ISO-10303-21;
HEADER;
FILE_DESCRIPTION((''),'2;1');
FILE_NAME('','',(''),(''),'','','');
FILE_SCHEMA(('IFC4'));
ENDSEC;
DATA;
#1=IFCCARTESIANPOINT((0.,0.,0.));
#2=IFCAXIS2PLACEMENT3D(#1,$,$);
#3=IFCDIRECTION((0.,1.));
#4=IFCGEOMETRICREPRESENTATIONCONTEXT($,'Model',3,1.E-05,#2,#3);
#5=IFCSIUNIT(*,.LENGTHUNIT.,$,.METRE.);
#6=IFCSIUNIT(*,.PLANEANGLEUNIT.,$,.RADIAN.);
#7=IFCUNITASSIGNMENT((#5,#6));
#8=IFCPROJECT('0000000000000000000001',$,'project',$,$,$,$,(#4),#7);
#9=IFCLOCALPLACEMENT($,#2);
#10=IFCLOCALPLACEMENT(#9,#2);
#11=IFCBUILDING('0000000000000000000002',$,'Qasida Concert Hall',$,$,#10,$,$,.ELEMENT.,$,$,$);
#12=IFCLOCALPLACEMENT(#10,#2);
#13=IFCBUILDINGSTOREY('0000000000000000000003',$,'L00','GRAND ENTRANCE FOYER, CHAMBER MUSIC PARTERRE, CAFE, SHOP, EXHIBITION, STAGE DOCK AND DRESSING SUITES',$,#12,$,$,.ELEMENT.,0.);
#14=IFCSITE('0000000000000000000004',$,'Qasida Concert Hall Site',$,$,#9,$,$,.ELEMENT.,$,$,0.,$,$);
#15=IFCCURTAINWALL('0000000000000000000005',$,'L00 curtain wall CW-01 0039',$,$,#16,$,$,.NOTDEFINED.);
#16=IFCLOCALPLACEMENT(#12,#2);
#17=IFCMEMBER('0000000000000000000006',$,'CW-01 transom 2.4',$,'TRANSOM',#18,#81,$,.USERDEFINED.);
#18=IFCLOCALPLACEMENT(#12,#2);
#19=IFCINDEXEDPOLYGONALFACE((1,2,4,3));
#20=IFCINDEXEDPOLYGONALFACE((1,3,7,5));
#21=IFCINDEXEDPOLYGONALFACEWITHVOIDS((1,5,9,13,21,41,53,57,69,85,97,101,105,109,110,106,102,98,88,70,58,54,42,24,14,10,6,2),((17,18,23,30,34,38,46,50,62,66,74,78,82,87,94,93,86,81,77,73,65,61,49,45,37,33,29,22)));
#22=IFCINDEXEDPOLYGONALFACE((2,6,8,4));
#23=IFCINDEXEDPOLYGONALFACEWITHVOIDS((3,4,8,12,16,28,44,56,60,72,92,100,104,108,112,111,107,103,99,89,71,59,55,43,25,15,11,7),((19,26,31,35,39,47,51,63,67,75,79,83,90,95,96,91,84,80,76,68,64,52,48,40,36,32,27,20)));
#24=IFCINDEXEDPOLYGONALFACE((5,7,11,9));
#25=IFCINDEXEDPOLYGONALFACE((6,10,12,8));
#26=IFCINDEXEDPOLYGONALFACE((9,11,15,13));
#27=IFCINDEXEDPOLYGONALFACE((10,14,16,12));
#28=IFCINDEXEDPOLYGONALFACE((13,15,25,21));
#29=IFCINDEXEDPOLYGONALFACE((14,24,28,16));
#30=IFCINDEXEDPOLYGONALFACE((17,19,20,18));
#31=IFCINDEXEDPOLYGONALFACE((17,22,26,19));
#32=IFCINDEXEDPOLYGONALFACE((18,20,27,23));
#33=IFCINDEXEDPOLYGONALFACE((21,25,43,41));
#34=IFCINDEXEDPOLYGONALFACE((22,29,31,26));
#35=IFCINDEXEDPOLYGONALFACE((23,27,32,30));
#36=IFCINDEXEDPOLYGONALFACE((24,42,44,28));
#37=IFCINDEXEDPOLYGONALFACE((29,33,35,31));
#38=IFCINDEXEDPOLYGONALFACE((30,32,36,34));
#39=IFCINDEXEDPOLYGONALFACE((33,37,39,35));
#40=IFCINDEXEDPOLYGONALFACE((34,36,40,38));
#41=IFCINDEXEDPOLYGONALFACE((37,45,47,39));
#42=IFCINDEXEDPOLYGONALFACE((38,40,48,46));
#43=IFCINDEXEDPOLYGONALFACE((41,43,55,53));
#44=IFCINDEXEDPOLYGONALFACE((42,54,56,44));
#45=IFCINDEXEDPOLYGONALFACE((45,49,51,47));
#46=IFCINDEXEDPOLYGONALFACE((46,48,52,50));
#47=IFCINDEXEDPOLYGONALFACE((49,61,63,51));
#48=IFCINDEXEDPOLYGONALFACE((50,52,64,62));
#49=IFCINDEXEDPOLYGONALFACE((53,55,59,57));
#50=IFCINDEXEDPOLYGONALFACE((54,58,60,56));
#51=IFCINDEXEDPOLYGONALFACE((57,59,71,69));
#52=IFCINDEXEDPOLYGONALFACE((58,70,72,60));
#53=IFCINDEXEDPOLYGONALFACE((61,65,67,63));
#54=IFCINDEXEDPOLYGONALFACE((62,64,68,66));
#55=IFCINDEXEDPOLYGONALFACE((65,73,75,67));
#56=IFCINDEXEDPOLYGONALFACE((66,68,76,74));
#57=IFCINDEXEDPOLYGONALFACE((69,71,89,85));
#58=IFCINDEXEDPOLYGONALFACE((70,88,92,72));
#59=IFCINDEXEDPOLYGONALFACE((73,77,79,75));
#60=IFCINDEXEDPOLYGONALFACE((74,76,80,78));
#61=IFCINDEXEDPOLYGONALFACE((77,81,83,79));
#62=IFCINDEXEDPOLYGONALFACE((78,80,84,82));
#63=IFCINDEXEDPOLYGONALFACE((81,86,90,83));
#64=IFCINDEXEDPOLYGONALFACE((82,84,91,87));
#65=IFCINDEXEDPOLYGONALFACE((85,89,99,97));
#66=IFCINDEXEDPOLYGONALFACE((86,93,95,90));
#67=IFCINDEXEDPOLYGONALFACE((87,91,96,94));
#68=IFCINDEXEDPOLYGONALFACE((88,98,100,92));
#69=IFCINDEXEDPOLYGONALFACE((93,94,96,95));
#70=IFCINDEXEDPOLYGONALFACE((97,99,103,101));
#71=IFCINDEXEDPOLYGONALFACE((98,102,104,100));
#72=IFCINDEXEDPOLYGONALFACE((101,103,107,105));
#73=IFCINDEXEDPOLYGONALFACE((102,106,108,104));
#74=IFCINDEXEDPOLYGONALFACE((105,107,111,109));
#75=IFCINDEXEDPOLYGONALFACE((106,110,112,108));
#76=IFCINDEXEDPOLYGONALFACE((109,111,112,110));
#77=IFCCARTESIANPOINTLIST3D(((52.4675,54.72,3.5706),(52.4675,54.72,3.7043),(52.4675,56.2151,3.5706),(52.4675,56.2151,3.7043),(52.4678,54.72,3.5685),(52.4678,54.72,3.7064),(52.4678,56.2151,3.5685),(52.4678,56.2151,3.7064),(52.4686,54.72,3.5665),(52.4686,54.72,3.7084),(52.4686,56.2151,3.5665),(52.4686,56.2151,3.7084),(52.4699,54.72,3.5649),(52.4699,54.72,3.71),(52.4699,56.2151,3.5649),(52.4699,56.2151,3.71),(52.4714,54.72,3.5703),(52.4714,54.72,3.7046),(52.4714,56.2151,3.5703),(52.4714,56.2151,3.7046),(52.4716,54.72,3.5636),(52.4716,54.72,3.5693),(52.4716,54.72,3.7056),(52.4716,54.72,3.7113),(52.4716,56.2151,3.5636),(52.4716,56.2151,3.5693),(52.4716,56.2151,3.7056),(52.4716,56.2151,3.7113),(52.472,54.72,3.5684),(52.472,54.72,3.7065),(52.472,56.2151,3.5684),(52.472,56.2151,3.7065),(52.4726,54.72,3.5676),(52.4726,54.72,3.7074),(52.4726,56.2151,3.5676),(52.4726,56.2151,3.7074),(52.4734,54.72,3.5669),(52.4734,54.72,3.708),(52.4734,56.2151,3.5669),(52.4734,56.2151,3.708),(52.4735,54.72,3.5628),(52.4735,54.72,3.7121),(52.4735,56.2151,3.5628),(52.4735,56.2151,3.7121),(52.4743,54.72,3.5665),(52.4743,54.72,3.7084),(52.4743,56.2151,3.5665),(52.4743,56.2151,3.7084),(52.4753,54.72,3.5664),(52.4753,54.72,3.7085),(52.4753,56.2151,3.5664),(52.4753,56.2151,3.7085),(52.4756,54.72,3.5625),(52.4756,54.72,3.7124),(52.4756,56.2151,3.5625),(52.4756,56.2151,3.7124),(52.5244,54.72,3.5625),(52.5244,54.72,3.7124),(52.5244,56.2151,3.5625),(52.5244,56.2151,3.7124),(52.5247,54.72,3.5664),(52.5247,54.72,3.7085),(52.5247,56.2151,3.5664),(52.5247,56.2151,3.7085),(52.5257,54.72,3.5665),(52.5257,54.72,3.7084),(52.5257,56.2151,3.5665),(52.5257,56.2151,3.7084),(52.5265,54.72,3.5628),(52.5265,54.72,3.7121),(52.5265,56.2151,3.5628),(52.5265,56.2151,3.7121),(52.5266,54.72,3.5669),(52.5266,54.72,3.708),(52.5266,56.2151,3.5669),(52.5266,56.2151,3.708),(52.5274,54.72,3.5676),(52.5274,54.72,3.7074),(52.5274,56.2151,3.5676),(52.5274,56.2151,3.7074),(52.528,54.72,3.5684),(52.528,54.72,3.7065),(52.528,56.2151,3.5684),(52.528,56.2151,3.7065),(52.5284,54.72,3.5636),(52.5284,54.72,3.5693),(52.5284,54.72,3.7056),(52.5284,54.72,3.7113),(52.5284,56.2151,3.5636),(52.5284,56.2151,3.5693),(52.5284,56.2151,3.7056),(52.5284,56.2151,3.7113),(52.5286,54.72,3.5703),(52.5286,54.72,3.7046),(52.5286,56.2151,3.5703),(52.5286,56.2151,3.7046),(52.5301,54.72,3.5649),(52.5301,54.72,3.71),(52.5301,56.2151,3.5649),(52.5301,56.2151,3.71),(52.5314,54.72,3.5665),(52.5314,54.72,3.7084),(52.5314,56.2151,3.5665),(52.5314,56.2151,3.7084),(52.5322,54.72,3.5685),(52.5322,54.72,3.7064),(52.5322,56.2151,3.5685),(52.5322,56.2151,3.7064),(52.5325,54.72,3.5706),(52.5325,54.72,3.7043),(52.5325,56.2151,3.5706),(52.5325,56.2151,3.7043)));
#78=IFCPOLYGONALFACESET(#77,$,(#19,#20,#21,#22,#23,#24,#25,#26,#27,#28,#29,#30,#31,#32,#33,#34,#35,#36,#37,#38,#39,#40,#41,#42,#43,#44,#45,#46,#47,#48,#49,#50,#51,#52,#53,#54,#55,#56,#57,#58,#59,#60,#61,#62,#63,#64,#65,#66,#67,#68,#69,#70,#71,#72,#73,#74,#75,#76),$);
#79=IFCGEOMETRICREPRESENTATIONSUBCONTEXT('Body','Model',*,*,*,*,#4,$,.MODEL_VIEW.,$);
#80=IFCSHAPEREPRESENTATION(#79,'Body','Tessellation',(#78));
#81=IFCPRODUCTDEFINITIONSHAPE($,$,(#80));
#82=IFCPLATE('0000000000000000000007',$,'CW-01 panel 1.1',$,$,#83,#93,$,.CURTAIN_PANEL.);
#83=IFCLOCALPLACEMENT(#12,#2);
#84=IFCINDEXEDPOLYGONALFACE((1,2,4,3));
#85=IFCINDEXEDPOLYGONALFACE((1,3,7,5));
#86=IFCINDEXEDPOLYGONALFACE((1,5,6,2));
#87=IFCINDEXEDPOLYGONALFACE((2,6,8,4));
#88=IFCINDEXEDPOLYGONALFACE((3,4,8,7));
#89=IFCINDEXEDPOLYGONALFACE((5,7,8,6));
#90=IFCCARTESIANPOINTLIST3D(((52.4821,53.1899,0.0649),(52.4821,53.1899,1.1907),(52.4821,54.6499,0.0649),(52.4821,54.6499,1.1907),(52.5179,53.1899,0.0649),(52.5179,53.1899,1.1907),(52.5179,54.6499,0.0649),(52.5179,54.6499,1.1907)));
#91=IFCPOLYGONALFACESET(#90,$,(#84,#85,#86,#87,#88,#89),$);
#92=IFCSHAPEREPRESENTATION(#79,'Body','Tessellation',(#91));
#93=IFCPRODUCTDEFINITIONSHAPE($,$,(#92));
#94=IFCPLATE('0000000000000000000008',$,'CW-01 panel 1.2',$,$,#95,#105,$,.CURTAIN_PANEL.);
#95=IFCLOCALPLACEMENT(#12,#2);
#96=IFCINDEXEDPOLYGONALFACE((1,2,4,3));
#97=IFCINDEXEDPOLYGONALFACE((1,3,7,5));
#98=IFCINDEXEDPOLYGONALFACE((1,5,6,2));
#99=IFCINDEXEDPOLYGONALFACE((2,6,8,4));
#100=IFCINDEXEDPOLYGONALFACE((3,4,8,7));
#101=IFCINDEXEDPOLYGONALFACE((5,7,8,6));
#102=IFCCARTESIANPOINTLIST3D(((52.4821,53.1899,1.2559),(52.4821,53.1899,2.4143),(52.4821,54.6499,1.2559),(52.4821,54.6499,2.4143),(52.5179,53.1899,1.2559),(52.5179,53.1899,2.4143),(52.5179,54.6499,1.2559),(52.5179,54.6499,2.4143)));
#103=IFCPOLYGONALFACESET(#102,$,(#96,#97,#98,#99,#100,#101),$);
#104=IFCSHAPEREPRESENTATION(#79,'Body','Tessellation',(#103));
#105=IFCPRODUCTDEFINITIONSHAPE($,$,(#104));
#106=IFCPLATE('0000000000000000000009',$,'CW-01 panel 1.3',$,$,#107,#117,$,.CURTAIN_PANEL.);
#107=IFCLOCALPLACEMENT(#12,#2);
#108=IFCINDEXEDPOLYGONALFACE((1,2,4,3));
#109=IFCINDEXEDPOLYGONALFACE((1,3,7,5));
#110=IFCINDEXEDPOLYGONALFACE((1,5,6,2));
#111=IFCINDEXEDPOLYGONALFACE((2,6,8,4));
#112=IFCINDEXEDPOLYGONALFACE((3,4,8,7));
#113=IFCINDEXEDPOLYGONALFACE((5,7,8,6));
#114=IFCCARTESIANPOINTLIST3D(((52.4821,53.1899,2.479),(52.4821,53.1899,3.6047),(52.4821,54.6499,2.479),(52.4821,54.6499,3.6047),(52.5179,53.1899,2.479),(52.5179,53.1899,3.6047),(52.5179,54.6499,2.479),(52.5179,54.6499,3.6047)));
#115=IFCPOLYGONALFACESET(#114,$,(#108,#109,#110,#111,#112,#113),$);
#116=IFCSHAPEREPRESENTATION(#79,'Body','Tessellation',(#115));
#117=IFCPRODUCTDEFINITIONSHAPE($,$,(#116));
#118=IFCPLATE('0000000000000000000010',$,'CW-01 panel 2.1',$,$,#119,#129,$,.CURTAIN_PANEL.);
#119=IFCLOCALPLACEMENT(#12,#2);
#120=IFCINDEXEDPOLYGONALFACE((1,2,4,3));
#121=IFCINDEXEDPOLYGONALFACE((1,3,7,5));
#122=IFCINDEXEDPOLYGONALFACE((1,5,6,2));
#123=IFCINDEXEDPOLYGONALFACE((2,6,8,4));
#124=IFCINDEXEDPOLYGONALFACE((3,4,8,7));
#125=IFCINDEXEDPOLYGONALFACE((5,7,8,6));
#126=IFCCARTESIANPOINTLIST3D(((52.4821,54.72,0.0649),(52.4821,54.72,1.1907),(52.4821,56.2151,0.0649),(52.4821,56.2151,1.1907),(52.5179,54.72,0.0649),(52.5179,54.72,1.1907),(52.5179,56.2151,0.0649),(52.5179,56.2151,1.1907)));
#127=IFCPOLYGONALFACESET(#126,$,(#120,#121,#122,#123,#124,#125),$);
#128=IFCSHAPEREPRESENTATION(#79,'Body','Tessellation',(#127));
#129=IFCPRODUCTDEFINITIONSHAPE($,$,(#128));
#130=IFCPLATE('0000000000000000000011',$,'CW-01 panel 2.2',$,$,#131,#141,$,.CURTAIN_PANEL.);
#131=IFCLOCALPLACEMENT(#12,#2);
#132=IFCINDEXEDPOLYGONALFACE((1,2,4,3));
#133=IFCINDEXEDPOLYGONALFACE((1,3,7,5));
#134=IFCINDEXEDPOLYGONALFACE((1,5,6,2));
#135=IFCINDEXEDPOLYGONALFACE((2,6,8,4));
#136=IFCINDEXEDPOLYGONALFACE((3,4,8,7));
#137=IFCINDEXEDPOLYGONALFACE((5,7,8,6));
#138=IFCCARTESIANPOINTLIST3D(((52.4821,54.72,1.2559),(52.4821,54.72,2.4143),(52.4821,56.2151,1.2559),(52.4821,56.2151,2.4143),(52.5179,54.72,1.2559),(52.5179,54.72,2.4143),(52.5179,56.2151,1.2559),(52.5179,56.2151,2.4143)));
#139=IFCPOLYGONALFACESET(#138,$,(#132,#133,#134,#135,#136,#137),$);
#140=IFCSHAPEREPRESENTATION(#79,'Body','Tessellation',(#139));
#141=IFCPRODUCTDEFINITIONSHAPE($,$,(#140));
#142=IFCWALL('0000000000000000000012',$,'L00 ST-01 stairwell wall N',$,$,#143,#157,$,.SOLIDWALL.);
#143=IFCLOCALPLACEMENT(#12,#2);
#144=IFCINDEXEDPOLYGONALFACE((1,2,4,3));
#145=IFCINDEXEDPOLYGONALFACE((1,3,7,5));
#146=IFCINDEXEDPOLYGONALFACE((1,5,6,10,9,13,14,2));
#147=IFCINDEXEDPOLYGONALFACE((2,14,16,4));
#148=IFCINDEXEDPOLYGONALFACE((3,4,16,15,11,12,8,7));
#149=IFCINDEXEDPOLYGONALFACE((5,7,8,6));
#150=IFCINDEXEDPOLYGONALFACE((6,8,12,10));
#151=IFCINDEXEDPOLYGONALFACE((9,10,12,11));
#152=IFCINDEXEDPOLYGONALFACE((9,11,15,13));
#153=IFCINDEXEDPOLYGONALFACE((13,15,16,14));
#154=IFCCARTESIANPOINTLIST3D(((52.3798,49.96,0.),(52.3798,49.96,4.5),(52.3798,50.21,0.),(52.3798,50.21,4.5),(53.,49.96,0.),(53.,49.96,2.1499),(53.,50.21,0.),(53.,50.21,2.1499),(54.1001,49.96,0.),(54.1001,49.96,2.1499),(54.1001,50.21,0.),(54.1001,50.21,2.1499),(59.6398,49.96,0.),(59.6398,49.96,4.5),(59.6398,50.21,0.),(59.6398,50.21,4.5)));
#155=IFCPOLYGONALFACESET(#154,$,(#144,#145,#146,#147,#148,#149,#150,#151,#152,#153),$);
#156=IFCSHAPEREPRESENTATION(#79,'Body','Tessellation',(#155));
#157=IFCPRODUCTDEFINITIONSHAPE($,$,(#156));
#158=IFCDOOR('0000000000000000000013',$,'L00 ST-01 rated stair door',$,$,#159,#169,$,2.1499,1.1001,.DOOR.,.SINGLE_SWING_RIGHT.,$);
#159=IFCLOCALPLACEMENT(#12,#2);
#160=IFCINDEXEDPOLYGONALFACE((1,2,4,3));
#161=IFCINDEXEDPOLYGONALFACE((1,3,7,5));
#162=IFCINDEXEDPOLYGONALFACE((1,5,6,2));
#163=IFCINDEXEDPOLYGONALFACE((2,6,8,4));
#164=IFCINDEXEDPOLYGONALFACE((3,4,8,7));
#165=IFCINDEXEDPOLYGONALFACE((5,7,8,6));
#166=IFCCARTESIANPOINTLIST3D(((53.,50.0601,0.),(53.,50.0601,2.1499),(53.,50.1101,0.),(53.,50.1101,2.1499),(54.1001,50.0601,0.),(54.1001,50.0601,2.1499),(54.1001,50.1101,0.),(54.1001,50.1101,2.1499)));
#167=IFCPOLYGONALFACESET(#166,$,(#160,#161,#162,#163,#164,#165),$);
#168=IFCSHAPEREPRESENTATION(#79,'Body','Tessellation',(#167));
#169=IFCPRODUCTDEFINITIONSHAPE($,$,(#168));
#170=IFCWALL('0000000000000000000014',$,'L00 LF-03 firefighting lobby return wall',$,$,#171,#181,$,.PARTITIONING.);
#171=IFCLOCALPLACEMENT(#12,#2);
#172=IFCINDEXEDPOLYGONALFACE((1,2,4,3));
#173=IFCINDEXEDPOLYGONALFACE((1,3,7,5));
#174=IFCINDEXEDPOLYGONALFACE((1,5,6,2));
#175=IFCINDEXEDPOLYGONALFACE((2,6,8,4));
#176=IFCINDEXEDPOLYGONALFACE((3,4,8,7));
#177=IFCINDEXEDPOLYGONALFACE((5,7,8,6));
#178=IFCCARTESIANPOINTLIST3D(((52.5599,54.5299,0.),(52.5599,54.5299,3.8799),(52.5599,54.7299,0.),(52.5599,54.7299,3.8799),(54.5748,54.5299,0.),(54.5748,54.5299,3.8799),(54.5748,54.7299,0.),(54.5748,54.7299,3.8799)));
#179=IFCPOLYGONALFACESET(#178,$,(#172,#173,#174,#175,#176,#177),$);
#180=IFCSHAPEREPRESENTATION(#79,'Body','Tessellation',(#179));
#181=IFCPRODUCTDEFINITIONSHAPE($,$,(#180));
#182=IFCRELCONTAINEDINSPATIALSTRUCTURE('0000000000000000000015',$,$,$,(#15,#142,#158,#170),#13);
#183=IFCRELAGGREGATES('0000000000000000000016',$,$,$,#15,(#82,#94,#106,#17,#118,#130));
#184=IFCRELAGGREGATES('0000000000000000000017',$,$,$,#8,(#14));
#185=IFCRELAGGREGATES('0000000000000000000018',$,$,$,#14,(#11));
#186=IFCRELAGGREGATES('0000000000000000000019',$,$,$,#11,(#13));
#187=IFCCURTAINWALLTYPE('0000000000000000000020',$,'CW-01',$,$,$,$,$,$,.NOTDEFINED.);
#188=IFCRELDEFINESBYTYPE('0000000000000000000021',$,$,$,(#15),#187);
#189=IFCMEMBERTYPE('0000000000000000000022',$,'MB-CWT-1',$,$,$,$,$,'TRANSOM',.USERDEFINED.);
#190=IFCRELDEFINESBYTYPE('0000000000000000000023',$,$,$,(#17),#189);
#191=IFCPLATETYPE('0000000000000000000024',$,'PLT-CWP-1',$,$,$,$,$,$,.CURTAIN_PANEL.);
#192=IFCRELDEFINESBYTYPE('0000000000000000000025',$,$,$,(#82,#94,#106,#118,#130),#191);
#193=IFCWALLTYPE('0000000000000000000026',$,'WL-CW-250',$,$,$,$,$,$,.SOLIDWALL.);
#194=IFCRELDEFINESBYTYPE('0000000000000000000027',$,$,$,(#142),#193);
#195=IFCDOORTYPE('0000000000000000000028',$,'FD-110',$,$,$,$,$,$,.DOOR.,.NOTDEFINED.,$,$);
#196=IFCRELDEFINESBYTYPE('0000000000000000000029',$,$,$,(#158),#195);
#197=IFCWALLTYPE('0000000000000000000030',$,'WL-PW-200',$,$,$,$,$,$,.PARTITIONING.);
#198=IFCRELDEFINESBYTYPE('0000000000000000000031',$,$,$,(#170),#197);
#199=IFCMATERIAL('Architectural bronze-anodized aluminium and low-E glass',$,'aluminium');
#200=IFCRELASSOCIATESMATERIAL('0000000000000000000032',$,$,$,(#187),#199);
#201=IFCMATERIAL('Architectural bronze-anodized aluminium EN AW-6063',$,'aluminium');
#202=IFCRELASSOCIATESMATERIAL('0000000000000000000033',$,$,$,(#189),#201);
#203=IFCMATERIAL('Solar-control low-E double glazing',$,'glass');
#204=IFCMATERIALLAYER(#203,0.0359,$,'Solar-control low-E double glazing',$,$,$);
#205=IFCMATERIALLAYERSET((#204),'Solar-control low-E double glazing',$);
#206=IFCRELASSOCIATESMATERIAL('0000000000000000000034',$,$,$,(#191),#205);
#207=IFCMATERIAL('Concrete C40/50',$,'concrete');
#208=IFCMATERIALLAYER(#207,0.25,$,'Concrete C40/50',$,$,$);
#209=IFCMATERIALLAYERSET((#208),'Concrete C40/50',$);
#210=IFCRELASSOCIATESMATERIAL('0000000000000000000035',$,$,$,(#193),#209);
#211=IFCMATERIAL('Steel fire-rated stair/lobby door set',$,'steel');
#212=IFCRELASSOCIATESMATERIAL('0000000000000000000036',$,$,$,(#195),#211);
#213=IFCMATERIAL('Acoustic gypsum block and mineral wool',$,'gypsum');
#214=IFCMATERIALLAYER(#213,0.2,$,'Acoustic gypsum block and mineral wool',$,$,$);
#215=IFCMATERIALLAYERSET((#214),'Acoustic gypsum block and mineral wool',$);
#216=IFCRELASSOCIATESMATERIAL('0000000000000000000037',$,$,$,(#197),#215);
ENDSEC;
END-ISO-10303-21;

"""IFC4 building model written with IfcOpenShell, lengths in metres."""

from ifc_helpers import new_model, si_unit, direction, frame, frame_2d, origin, origin_2d, place, context, subcontext, project, spatial, rectangle, hollow_rectangle, extrude, material, layer, layer_set, material_profile, profile_set, type_object, element, fill, aggregate, save


model = new_model("IFC4")

# Units and contexts
model_context = context("Model", 3, precision=1e-05, world=origin(), true_north=direction((0.0, 1.0)))
body_context = subcontext(model_context, "Body", "Model", "MODEL_VIEW")
ifc_project = project(units=[si_unit("LENGTHUNIT", "METRE"), si_unit("PLANEANGLEUNIT", "RADIAN")], contexts=[model_context])

# Site, building, storey
site_placement = place(None, origin())
site = spatial("IfcSite", under=ifc_project, at=site_placement, Name="Qasida Concert Hall Site", CompositionType="ELEMENT", RefElevation=0.0)
building_placement = place(site_placement, origin())
building = spatial("IfcBuilding", under=site, at=building_placement, Name="Qasida Concert Hall", CompositionType="ELEMENT")
storey_placement = place(building_placement, origin())
storey = spatial("IfcBuildingStorey", under=building, at=storey_placement, Name="L00", Description="GRAND ENTRANCE FOYER, CHAMBER MUSIC PARTERRE, CAFE, SHOP, EXHIBITION, STAGE DOCK AND DRESSING SUITES", CompositionType="ELEMENT", Elevation=0.0)

# Shared definitions
ifc_material_1 = material(Name="Concrete C40/50", Category="concrete")

# Curtain wall, member, plates
ifc_material_2 = material(Name="Architectural bronze-anodized aluminium and low-E glass", Category="aluminium")
curtain_wall_type = type_object("IfcCurtainWallType", Name="CW-01", PredefinedType="NOTDEFINED", material=ifc_material_2)
curtain_wall_placement = place(storey_placement, origin())
curtain_wall = element("IfcCurtainWall", 1, at=curtain_wall_placement, inside=storey, type_object=curtain_wall_type, Name="L00 curtain wall CW-01 0039", PredefinedType="NOTDEFINED")
ifc_material_3 = material(Name="Architectural bronze-anodized aluminium EN AW-6063", Category="aluminium")
ifc_material_profile_1 = material_profile(ifc_material_3, hollow_rectangle(XDim=0.0649, YDim=0.1499, WallThickness=0.0039, InnerFilletRadius=0.0039, OuterFilletRadius=0.0081, at=origin_2d()), Name="CWT 150x65x4")
ifc_profile_set_1 = profile_set([ifc_material_profile_1], Name="Architectural bronze-anodized aluminium EN AW-6063")
member_type_1 = type_object("IfcMemberType", Name="MB-CWT-1", ElementType="TRANSOM", PredefinedType="USERDEFINED", material=ifc_profile_set_1)
member_1_placement = place(storey_placement, frame((52.5, 54.72, 3.6375), z_axis=(0.0, 1.0, 0.0), x_axis=(-1.0, 0.0, 0.0)))
member_1 = element("IfcMember", 2, at=member_1_placement, type_object=member_type_1, Name="CW-01 transom 2.4", ObjectType="TRANSOM", PredefinedType="USERDEFINED", context=body_context, shape_type="SweptSolid", body=[
    extrude(hollow_rectangle(XDim=0.0649, YDim=0.1499, WallThickness=0.0039, InnerFilletRadius=0.0039, OuterFilletRadius=0.0081, at=origin_2d()), origin(), (0.0, 0.0, 1.0), 1.4951),
])
ifc_material_4 = material(Name="Solar-control low-E double glazing", Category="glass")
ifc_layer_1 = layer(ifc_material_4, 0.0359, Name="Solar-control low-E double glazing")
ifc_layer_set_1 = layer_set([ifc_layer_1], Name="Solar-control low-E double glazing")
plate_type = type_object("IfcPlateType", Name="PLT-CWP-1", PredefinedType="CURTAIN_PANEL", material=ifc_layer_set_1)
plate_1_placement = place(storey_placement, frame((52.5, 53.9199, 0.0649), z_axis=(0.0, 0.0, 1.0), x_axis=(0.0, 1.0, 0.0)))
plate_1 = element("IfcPlate", 3, at=plate_1_placement, type_object=plate_type, Name="CW-01 panel 1.1", PredefinedType="CURTAIN_PANEL", context=body_context, shape_type="SweptSolid", body=[
    extrude(rectangle(XDim=1.46, YDim=0.0359, at=origin_2d()), origin(), (0.0, 0.0, 1.0), 1.1257),
])
plate_2_placement = place(storey_placement, frame((52.5, 53.9199, 1.2559), z_axis=(0.0, 0.0, 1.0), x_axis=(0.0, 1.0, 0.0)))
plate_2 = element("IfcPlate", 4, at=plate_2_placement, type_object=plate_type, Name="CW-01 panel 1.2", PredefinedType="CURTAIN_PANEL", context=body_context, shape_type="SweptSolid", body=[
    extrude(rectangle(XDim=1.46, YDim=0.0359, at=origin_2d()), origin(), (0.0, 0.0, 1.0), 1.1584),
])
plate_3_placement = place(storey_placement, frame((52.5, 53.9199, 2.479), z_axis=(0.0, 0.0, 1.0), x_axis=(0.0, 1.0, 0.0)))
plate_3 = element("IfcPlate", 5, at=plate_3_placement, type_object=plate_type, Name="CW-01 panel 1.3", PredefinedType="CURTAIN_PANEL", context=body_context, shape_type="SweptSolid", body=[
    extrude(rectangle(XDim=1.46, YDim=0.0359, at=origin_2d()), origin(), (0.0, 0.0, 1.0), 1.1257),
])
plate_4_placement = place(storey_placement, frame((52.5, 55.4675, 0.0649), z_axis=(0.0, 0.0, 1.0), x_axis=(0.0, 1.0, 0.0)))
plate_4 = element("IfcPlate", 6, at=plate_4_placement, type_object=plate_type, Name="CW-01 panel 2.1", PredefinedType="CURTAIN_PANEL", context=body_context, shape_type="SweptSolid", body=[
    extrude(rectangle(XDim=1.4951, YDim=0.0359, at=origin_2d()), origin(), (0.0, 0.0, 1.0), 1.1257),
])
plate_5_placement = place(storey_placement, frame((52.5, 55.4675, 1.2559), z_axis=(0.0, 0.0, 1.0), x_axis=(0.0, 1.0, 0.0)))
plate_5 = element("IfcPlate", 7, at=plate_5_placement, type_object=plate_type, Name="CW-01 panel 2.2", PredefinedType="CURTAIN_PANEL", context=body_context, shape_type="SweptSolid", body=[
    extrude(rectangle(XDim=1.4951, YDim=0.0359, at=origin_2d()), origin(), (0.0, 0.0, 1.0), 1.1584),
])
aggregate(curtain_wall, [plate_1, plate_2, plate_3, member_1, plate_4, plate_5])

# Wall, opening, door
ifc_layer_2 = layer(ifc_material_1, 0.25, Name="Concrete C40/50")
ifc_layer_set_2 = layer_set([ifc_layer_2], Name="Concrete C40/50")
wall_type_1 = type_object("IfcWallType", Name="WL-CW-250", PredefinedType="SOLIDWALL", material=ifc_layer_set_2)
wall_1_placement = place(storey_placement, frame((52.3799, 50.085, 0.0), z_axis=(0.0, 0.0, 1.0), x_axis=(1.0, 0.0, 0.0)))
wall_1 = element("IfcWall", 8, at=wall_1_placement, inside=storey, type_object=wall_type_1, Name="L00 ST-01 stairwell wall N", PredefinedType="SOLIDWALL", context=body_context, shape_type="SweptSolid", body=[
    extrude(rectangle(XDim=7.26, YDim=0.25, at=frame_2d((3.6299, 0.0))), origin(), (0.0, 0.0, 1.0), 4.5),
])
opening_placement = place(wall_1_placement, frame((0.6201, 0.0, 0.0)))
opening = element("IfcOpeningElement", 9, at=opening_placement, cuts=wall_1, PredefinedType="OPENING", context=body_context, shape_type="SweptSolid", body=[
    extrude(rectangle(XDim=1.1001, YDim=2.1499, at=frame_2d((0.55, 1.075))), frame((0.0, 0.135, 0.0), z_axis=(0.0, -1.0, 0.0), x_axis=(1.0, 0.0, 0.0)), (0.0, 0.0, 1.0), 0.27),
])
ifc_material_5 = material(Name="Steel fire-rated stair/lobby door set", Category="steel")
door_type = type_object("IfcDoorType", Name="FD-110", OperationType="NOTDEFINED", PredefinedType="DOOR", material=ifc_material_5)
door_placement = place(opening_placement, frame((1.1001, 0.0, 0.0), z_axis=(0.0, 0.0, 1.0), x_axis=(-1.0, 0.0, 0.0)))
door = element("IfcDoor", 10, at=door_placement, inside=storey, type_object=door_type, Name="L00 ST-01 rated stair door", OperationType="SINGLE_SWING_RIGHT", OverallHeight=2.1499, OverallWidth=1.1001, PredefinedType="DOOR", context=body_context, shape_type="SweptSolid", body=[
    extrude(rectangle(XDim=1.1001, YDim=2.1499, at=frame_2d((0.55, 1.075))), frame((0.0, 0.0249, 0.0), z_axis=(0.0, -1.0, 0.0), x_axis=(1.0, 0.0, 0.0)), (0.0, 0.0, 1.0), 0.05),
])
fill(opening, door)

# Wall
ifc_material_6 = material(Name="Acoustic gypsum block and mineral wool", Category="gypsum")
ifc_layer_3 = layer(ifc_material_6, 0.2, Name="Acoustic gypsum block and mineral wool")
ifc_layer_set_3 = layer_set([ifc_layer_3], Name="Acoustic gypsum block and mineral wool")
wall_type_2 = type_object("IfcWallType", Name="WL-PW-200", PredefinedType="PARTITIONING", material=ifc_layer_set_3)
wall_2_placement = place(storey_placement, frame((52.5601, 54.6299, 0.0), z_axis=(0.0, 0.0, 1.0), x_axis=(1.0, 0.0, 0.0)))
element("IfcWall", 11, at=wall_2_placement, inside=storey, type_object=wall_type_2, Name="L00 LF-03 firefighting lobby return wall", PredefinedType="PARTITIONING", context=body_context, shape_type="SweptSolid", body=[
    extrude(rectangle(XDim=2.0149, YDim=0.2, at=frame_2d((1.0073, 0.0))), origin(), (0.0, 0.0, 1.0), 3.8799),
])

save(model, "model.ifc")
